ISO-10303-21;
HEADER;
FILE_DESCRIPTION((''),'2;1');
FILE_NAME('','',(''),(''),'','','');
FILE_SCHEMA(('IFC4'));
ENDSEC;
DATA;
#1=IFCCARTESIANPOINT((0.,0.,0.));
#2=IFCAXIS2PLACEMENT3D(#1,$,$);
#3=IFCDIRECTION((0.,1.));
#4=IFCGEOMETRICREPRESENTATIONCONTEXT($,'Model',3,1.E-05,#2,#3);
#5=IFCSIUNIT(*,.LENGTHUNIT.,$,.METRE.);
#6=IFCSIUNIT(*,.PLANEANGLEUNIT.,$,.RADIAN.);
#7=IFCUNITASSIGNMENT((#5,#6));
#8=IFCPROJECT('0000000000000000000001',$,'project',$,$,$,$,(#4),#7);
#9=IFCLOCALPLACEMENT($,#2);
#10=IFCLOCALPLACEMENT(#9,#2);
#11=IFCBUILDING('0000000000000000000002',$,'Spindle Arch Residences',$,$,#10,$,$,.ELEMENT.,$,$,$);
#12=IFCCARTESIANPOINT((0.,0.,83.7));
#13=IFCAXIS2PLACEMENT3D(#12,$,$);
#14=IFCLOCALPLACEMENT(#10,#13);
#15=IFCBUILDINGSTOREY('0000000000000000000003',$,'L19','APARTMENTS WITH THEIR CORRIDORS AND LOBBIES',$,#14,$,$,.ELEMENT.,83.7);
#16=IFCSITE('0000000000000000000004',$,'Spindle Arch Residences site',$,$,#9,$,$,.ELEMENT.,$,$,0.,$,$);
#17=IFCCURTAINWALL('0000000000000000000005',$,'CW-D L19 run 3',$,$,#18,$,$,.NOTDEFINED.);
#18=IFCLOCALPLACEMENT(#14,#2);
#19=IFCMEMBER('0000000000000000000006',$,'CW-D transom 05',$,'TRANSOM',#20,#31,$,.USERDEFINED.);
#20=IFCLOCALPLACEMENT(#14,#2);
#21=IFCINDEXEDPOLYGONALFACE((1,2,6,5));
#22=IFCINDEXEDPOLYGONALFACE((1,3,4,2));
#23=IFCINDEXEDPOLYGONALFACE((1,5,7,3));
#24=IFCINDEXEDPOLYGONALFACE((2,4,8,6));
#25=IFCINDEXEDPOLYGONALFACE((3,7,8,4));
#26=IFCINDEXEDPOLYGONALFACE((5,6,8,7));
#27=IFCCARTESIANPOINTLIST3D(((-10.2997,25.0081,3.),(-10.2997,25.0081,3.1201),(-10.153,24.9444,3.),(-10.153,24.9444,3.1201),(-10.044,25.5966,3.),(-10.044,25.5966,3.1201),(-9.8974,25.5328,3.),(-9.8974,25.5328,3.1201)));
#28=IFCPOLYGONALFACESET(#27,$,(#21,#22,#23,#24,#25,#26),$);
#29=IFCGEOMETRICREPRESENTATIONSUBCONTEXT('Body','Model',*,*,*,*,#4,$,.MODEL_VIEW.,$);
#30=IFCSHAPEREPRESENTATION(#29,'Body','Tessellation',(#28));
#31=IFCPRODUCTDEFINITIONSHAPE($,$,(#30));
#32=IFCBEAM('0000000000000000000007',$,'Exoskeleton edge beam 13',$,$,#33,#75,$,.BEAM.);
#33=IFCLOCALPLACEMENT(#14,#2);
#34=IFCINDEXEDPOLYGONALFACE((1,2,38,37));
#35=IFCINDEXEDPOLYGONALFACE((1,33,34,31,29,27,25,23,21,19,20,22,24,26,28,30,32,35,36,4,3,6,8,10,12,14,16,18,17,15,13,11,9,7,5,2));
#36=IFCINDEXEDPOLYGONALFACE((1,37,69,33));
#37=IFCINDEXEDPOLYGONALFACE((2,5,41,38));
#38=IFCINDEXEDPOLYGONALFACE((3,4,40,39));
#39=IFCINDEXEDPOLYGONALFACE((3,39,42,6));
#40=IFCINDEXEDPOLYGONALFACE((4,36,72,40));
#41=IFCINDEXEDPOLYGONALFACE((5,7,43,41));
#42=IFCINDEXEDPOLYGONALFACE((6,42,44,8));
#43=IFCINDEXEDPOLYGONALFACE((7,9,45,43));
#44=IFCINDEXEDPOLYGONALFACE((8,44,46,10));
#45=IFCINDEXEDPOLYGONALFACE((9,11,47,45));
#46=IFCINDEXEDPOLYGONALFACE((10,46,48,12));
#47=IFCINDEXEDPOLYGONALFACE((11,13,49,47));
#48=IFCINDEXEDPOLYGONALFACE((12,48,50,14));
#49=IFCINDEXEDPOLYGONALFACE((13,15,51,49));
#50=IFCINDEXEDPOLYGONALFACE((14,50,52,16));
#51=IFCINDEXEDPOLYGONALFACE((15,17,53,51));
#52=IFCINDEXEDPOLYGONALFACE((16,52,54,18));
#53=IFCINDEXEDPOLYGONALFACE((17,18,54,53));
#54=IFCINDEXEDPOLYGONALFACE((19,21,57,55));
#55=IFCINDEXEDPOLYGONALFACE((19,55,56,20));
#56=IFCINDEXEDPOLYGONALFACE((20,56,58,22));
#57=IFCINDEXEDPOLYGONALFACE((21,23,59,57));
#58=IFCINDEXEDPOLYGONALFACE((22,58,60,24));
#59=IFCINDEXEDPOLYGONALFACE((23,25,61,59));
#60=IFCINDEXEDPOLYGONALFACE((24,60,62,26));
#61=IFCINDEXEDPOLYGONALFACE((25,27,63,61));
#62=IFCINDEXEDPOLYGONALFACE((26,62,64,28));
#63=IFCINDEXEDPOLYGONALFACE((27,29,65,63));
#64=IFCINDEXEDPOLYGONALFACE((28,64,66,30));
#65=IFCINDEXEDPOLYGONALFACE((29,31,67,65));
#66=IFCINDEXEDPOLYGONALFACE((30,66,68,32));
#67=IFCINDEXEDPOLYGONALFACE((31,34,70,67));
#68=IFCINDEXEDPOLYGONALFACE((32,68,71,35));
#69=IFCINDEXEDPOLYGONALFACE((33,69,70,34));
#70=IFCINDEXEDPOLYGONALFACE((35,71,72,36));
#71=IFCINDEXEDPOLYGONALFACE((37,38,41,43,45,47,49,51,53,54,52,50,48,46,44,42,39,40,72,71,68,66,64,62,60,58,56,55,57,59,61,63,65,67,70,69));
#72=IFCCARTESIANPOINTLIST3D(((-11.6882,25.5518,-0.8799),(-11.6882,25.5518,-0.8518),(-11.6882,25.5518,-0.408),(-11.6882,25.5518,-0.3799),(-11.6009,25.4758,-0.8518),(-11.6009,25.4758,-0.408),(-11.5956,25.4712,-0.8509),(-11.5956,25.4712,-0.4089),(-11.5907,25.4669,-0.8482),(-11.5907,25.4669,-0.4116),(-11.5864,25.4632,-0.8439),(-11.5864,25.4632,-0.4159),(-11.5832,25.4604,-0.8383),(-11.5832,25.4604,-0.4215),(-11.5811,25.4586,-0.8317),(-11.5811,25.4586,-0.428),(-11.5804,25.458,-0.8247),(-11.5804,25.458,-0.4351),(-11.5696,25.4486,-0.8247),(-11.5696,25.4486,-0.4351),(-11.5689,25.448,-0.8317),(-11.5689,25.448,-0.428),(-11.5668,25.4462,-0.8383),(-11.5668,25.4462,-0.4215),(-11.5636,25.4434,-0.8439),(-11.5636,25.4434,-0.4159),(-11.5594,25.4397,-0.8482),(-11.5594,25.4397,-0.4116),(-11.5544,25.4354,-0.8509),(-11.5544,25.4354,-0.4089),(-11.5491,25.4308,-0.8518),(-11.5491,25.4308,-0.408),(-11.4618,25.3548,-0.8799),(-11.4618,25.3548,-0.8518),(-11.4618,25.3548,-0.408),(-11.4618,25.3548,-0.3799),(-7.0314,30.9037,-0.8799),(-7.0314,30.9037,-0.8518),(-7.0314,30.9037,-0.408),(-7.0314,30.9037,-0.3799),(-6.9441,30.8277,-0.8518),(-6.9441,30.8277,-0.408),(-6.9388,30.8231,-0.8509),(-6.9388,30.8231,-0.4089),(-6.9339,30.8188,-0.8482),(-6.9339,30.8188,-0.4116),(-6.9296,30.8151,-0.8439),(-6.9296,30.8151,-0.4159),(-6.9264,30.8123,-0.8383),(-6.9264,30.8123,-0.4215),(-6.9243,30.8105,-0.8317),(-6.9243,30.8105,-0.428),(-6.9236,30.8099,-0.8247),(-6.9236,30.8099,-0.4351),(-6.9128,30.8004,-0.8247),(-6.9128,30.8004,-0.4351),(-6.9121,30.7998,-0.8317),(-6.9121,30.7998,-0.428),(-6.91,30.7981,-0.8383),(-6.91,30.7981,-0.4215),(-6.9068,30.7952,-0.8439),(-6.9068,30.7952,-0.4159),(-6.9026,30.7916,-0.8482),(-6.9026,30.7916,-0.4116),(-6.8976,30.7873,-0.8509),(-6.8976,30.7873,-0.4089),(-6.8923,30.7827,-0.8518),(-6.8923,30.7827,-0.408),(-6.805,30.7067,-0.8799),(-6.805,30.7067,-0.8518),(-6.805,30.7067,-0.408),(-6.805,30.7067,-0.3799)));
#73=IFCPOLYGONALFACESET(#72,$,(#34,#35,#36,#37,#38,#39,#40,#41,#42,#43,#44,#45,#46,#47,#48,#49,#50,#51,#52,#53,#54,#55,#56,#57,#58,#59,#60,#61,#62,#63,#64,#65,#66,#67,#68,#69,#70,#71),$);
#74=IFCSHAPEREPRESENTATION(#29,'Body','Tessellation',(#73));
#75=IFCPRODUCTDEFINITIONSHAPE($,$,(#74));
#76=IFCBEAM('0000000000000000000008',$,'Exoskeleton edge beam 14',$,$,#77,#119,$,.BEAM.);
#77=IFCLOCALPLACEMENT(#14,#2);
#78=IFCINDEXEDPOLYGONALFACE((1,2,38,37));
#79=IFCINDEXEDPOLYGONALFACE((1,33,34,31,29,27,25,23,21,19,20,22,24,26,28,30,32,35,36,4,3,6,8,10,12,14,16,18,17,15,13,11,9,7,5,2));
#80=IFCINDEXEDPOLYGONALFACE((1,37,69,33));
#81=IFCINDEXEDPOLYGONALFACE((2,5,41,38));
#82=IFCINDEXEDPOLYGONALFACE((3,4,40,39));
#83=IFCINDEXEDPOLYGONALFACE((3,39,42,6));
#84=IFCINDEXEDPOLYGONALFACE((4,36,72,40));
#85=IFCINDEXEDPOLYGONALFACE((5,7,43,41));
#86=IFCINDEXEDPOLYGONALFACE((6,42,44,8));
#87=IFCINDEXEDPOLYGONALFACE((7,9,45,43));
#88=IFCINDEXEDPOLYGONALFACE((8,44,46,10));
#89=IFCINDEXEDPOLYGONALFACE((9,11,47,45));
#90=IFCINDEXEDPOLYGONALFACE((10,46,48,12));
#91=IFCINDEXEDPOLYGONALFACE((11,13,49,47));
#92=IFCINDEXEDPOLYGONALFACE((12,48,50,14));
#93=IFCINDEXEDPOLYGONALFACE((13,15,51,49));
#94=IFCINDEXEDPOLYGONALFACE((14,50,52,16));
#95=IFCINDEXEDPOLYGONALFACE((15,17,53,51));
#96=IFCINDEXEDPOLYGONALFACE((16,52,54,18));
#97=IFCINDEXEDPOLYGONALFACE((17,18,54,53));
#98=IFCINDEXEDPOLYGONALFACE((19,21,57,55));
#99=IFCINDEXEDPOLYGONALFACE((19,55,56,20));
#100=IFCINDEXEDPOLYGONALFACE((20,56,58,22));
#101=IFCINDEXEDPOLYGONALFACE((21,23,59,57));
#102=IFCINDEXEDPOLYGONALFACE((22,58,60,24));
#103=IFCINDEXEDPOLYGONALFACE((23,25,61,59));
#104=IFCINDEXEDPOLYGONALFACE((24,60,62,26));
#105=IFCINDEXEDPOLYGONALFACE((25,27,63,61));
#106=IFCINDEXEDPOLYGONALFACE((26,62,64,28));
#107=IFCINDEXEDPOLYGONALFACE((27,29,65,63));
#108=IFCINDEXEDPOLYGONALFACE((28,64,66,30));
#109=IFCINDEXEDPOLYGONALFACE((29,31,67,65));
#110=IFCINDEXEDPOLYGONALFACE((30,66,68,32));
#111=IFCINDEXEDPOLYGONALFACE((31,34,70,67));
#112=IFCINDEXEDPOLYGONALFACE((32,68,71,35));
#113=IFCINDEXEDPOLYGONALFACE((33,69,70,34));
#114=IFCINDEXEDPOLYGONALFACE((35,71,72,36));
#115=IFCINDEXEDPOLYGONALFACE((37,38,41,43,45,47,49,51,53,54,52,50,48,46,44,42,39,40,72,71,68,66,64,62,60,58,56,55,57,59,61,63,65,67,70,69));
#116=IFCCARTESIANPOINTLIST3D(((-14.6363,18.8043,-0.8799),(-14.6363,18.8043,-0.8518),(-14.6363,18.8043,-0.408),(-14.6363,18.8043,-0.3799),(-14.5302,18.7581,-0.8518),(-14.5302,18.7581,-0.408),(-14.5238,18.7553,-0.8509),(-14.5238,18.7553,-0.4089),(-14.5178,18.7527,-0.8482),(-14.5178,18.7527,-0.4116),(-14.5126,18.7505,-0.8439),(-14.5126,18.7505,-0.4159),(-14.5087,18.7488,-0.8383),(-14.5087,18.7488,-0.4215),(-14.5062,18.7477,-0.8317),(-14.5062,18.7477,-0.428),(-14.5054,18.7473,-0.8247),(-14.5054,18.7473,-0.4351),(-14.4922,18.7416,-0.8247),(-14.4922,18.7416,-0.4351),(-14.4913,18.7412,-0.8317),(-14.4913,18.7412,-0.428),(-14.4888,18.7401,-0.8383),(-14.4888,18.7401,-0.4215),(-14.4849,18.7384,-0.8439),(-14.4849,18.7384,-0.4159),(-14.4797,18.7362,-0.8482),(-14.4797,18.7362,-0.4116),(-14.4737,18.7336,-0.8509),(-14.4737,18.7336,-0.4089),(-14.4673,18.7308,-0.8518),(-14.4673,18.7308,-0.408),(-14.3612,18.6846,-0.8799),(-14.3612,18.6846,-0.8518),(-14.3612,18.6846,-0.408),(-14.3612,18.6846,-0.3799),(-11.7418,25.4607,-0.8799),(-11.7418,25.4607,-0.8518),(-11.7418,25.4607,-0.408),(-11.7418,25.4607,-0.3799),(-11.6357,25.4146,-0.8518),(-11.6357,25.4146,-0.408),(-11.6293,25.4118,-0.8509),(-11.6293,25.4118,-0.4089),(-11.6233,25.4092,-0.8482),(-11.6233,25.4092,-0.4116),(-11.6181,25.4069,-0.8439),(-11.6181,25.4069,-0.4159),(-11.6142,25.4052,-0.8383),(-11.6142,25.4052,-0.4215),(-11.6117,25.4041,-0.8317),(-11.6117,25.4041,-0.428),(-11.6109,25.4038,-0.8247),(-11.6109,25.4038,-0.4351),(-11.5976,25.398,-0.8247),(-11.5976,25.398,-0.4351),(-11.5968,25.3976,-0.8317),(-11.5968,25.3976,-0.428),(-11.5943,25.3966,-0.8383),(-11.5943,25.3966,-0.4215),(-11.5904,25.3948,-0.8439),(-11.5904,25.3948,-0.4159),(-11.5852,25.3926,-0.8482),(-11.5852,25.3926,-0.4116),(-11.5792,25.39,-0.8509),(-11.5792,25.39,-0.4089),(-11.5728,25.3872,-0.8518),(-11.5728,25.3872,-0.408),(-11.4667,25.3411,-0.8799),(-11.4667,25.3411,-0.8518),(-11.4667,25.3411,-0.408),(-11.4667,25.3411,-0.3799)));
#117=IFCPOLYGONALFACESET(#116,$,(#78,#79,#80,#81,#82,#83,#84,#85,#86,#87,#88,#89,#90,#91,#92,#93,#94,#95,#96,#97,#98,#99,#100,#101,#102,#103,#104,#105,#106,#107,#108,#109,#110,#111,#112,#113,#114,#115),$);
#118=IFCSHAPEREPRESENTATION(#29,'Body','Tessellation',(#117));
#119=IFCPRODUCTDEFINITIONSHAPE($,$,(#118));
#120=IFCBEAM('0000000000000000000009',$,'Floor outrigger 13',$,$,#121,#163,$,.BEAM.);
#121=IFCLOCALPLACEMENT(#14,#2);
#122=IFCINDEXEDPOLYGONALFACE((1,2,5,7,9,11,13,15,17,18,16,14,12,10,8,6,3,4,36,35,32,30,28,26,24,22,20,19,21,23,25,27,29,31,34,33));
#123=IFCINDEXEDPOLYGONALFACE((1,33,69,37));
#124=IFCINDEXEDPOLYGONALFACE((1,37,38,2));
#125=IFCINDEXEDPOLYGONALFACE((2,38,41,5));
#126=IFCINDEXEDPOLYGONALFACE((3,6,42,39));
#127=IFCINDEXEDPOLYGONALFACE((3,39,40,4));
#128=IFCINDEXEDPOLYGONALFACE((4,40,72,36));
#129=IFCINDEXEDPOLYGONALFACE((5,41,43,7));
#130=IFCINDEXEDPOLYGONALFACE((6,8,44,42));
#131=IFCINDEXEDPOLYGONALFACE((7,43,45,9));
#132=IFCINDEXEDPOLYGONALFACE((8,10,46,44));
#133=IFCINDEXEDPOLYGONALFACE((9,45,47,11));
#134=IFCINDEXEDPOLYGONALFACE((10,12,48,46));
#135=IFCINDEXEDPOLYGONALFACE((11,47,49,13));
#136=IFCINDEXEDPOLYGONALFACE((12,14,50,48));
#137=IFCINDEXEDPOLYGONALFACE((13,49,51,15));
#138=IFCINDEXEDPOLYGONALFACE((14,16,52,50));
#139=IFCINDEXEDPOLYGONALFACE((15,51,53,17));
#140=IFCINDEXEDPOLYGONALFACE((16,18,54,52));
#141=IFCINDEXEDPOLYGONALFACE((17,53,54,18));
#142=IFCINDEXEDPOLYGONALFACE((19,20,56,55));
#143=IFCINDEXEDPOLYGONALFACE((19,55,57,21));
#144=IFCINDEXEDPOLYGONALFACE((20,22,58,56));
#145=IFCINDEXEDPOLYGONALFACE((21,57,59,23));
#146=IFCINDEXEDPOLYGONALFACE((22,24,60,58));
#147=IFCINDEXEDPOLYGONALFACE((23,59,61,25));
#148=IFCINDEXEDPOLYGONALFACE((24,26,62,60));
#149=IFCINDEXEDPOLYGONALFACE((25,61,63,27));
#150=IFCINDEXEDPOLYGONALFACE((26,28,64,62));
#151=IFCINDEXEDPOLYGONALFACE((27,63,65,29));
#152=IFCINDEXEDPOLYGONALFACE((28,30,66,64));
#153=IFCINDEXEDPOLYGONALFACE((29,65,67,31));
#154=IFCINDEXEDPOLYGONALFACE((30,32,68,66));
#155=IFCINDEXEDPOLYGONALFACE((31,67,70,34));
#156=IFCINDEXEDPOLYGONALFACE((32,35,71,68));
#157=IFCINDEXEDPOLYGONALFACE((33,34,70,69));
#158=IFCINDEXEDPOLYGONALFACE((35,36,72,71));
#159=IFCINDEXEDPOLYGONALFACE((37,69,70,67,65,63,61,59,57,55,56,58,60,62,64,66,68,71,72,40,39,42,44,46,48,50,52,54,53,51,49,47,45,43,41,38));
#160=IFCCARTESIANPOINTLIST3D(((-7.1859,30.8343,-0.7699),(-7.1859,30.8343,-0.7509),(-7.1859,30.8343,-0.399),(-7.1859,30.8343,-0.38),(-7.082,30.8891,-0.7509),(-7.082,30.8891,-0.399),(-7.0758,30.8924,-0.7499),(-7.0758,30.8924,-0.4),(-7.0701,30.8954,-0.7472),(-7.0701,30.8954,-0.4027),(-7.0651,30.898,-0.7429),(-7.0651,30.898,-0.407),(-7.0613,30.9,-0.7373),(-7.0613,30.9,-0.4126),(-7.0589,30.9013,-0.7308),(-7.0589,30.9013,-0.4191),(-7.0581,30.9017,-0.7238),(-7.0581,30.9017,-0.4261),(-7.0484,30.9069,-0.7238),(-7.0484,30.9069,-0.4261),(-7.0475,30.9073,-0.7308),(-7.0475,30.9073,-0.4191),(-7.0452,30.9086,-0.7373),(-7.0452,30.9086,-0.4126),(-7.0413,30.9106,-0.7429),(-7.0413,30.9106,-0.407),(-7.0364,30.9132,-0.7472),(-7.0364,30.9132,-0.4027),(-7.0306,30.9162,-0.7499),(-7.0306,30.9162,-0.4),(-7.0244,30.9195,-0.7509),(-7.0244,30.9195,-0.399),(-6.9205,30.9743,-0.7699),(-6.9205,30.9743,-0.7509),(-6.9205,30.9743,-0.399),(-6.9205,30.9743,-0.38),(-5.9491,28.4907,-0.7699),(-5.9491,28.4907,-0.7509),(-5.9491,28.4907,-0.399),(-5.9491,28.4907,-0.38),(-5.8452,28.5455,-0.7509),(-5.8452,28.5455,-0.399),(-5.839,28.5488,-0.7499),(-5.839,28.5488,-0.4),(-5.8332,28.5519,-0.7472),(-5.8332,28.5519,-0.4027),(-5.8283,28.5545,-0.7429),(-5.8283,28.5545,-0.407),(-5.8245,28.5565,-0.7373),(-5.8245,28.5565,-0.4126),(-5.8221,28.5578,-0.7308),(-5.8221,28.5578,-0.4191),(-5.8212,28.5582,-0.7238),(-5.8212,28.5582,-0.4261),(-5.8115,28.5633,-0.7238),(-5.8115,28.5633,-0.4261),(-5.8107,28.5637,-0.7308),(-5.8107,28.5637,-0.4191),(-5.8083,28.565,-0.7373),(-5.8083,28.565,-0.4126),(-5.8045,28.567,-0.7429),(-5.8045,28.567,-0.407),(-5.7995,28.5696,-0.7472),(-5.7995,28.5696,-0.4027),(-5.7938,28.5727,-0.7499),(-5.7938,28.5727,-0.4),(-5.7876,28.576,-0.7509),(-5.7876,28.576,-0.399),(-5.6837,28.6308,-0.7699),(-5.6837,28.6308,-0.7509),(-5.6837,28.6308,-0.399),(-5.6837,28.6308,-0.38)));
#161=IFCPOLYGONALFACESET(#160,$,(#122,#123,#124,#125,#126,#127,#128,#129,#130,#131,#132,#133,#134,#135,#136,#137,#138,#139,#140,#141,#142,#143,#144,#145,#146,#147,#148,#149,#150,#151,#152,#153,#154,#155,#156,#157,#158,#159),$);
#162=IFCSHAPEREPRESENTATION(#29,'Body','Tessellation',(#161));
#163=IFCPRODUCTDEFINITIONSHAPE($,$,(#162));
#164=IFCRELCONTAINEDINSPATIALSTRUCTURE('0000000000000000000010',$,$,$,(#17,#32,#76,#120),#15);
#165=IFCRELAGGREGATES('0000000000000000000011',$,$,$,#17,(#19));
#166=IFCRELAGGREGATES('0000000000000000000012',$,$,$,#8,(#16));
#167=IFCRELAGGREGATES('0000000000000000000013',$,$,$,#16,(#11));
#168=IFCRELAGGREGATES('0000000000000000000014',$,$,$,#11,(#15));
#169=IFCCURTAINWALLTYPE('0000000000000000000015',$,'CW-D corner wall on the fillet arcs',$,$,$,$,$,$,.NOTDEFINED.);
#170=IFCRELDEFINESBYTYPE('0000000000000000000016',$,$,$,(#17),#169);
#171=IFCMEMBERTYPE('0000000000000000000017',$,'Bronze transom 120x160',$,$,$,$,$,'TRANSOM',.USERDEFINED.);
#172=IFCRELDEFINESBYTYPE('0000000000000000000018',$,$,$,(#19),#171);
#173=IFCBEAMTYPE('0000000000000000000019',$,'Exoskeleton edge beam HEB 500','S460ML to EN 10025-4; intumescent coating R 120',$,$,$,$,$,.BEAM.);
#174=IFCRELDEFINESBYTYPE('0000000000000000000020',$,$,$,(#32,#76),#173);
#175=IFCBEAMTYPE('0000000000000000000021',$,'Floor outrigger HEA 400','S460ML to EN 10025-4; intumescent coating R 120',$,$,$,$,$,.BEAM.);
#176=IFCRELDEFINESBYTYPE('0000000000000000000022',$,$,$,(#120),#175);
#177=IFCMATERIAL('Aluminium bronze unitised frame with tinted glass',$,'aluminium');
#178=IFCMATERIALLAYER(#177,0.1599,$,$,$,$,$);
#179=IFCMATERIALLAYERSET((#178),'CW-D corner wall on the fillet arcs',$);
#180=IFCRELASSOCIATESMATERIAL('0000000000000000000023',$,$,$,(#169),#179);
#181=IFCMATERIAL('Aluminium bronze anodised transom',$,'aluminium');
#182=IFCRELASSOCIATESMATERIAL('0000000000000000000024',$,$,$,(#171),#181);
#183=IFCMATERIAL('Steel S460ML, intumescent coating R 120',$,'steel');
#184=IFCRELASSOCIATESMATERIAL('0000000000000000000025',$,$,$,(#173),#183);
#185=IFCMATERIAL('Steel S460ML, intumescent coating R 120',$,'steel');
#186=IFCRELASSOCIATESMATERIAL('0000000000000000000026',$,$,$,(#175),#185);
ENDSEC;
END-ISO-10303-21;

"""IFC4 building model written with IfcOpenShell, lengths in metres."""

from ifc_helpers import new_model, si_unit, direction, frame, origin, origin_2d, place, context, subcontext, project, spatial, rectangle, i_section, extrude, material, layer, layer_set, material_profile, profile_set, type_object, element, aggregate, save


model = new_model("IFC4")

# Units and contexts
model_context = context("Model", 3, precision=1e-05, world=origin(), true_north=direction((0.0, 1.0)))
body_context = subcontext(model_context, "Body", "Model", "MODEL_VIEW")
ifc_project = project(units=[si_unit("LENGTHUNIT", "METRE"), si_unit("PLANEANGLEUNIT", "RADIAN")], contexts=[model_context])

# Site, building, storey
site_placement = place(None, origin())
site = spatial("IfcSite", under=ifc_project, at=site_placement, Name="Spindle Arch Residences site", CompositionType="ELEMENT", RefElevation=0.0)
building_placement = place(site_placement, origin())
building = spatial("IfcBuilding", under=site, at=building_placement, Name="Spindle Arch Residences", CompositionType="ELEMENT")
storey_placement = place(building_placement, frame((0.0, 0.0, 83.7)))
storey = spatial("IfcBuildingStorey", under=building, at=storey_placement, Name="L19", Description="APARTMENTS WITH THEIR CORRIDORS AND LOBBIES", CompositionType="ELEMENT", Elevation=83.7)

# Curtain wall, member
ifc_material_1 = material(Name="Aluminium bronze unitised frame with tinted glass", Category="aluminium")
ifc_layer_1 = layer(ifc_material_1, 0.1599)
ifc_layer_set_1 = layer_set([ifc_layer_1], Name="CW-D corner wall on the fillet arcs")
curtain_wall_type = type_object("IfcCurtainWallType", Name="CW-D corner wall on the fillet arcs", PredefinedType="NOTDEFINED", material=ifc_layer_set_1)
curtain_wall_placement = place(storey_placement, origin())
curtain_wall = element("IfcCurtainWall", 1, at=curtain_wall_placement, inside=storey, type_object=curtain_wall_type, Name="CW-D L19 run 3", PredefinedType="NOTDEFINED")
ifc_material_2 = material(Name="Aluminium bronze anodised transom", Category="aluminium")
ifc_material_profile_1 = material_profile(ifc_material_2, rectangle(XDim=0.1599, YDim=0.1201, at=origin_2d()), Name="TR 120x160")
ifc_profile_set_1 = profile_set([ifc_material_profile_1], Name="Aluminium bronze anodised transom")
member_type_1 = type_object("IfcMemberType", Name="Bronze transom 120x160", ElementType="TRANSOM", PredefinedType="USERDEFINED", material=ifc_profile_set_1)
member_1_placement = place(storey_placement, frame((-9.9707, 25.5647, 3.0601), z_axis=(-0.398462, -0.917185, 0.0), x_axis=(0.917185, -0.398462, 0.0)))
member_1 = element("IfcMember", 2, at=member_1_placement, type_object=member_type_1, Name="CW-D transom 05", ObjectType="TRANSOM", PredefinedType="USERDEFINED", context=body_context, shape_type="SweptSolid", body=[
    extrude(rectangle(XDim=0.1599, YDim=0.1201, at=origin_2d()), origin(), (0.0, 0.0, 1.0), 0.6416),
])

# Beams
ifc_material_3 = material(Name="Steel S460ML, intumescent coating R 120", Category="steel")
ifc_material_profile_2 = material_profile(ifc_material_3, i_section(OverallWidth=0.3, OverallDepth=0.5, WebThickness=0.0144, FlangeThickness=0.0281, FilletRadius=0.0271, at=origin_2d()), Name="HEB 500")
ifc_profile_set_2 = profile_set([ifc_material_profile_2], Name="Steel S460ML, intumescent coating R 120")
beam_type_1 = type_object("IfcBeamType", Name="Exoskeleton edge beam HEB 500", Description="S460ML to EN 10025-4; intumescent coating R 120", PredefinedType="BEAM", material=ifc_profile_set_2)
beam_1_placement = place(storey_placement, frame((-6.9182, 30.8052, -0.6299), z_axis=(-0.656419, -0.754397, 0.0), x_axis=(0.754397, -0.656419, 0.0)))
element("IfcBeam", 3, at=beam_1_placement, inside=storey, type_object=beam_type_1, Name="Exoskeleton edge beam 13", PredefinedType="BEAM", context=body_context, shape_type="SweptSolid", body=[
    extrude(i_section(OverallWidth=0.3, OverallDepth=0.5, WebThickness=0.0144, FlangeThickness=0.0281, FilletRadius=0.0271, at=origin_2d()), origin(), (0.0, 0.0, 1.0), 7.0942),
])
beam_2_placement = place(storey_placement, frame((-11.6042, 25.4009, -0.6299), z_axis=(-0.398773, -0.91705, 0.0), x_axis=(0.91705, -0.398773, 0.0)))
element("IfcBeam", 4, at=beam_2_placement, inside=storey, type_object=beam_type_1, Name="Exoskeleton edge beam 14", PredefinedType="BEAM", context=body_context, shape_type="SweptSolid", body=[
    extrude(i_section(OverallWidth=0.3, OverallDepth=0.5, WebThickness=0.0144, FlangeThickness=0.0281, FilletRadius=0.0271, at=origin_2d()), origin(), (0.0, 0.0, 1.0), 7.2585),
])
ifc_material_4 = material(Name="Steel S460ML, intumescent coating R 120", Category="steel")
ifc_material_profile_3 = material_profile(ifc_material_4, i_section(OverallWidth=0.3, OverallDepth=0.3899, WebThickness=0.011, FlangeThickness=0.019, FilletRadius=0.0271, at=origin_2d()), Name="HEA 400")
ifc_profile_set_3 = profile_set([ifc_material_profile_3], Name="Steel S460ML, intumescent coating R 120")
beam_type_2 = type_object("IfcBeamType", Name="Floor outrigger HEA 400", Description="S460ML to EN 10025-4; intumescent coating R 120", PredefinedType="BEAM", material=ifc_profile_set_3)
beam_3_placement = place(storey_placement, frame((-7.0532, 30.9043, -0.575), z_axis=(0.466749, -0.88439, 0.0), x_axis=(0.88439, 0.466749, 0.0)))
element("IfcBeam", 5, at=beam_3_placement, inside=storey, type_object=beam_type_2, Name="Floor outrigger 13", PredefinedType="BEAM", context=body_context, shape_type="SweptSolid", body=[
    extrude(i_section(OverallWidth=0.3, OverallDepth=0.3899, WebThickness=0.011, FlangeThickness=0.019, FilletRadius=0.0271, at=origin_2d()), origin(), (0.0, 0.0, 1.0), 2.6499),
])

aggregate(curtain_wall, [member_1])

save(model, "model.ifc")
